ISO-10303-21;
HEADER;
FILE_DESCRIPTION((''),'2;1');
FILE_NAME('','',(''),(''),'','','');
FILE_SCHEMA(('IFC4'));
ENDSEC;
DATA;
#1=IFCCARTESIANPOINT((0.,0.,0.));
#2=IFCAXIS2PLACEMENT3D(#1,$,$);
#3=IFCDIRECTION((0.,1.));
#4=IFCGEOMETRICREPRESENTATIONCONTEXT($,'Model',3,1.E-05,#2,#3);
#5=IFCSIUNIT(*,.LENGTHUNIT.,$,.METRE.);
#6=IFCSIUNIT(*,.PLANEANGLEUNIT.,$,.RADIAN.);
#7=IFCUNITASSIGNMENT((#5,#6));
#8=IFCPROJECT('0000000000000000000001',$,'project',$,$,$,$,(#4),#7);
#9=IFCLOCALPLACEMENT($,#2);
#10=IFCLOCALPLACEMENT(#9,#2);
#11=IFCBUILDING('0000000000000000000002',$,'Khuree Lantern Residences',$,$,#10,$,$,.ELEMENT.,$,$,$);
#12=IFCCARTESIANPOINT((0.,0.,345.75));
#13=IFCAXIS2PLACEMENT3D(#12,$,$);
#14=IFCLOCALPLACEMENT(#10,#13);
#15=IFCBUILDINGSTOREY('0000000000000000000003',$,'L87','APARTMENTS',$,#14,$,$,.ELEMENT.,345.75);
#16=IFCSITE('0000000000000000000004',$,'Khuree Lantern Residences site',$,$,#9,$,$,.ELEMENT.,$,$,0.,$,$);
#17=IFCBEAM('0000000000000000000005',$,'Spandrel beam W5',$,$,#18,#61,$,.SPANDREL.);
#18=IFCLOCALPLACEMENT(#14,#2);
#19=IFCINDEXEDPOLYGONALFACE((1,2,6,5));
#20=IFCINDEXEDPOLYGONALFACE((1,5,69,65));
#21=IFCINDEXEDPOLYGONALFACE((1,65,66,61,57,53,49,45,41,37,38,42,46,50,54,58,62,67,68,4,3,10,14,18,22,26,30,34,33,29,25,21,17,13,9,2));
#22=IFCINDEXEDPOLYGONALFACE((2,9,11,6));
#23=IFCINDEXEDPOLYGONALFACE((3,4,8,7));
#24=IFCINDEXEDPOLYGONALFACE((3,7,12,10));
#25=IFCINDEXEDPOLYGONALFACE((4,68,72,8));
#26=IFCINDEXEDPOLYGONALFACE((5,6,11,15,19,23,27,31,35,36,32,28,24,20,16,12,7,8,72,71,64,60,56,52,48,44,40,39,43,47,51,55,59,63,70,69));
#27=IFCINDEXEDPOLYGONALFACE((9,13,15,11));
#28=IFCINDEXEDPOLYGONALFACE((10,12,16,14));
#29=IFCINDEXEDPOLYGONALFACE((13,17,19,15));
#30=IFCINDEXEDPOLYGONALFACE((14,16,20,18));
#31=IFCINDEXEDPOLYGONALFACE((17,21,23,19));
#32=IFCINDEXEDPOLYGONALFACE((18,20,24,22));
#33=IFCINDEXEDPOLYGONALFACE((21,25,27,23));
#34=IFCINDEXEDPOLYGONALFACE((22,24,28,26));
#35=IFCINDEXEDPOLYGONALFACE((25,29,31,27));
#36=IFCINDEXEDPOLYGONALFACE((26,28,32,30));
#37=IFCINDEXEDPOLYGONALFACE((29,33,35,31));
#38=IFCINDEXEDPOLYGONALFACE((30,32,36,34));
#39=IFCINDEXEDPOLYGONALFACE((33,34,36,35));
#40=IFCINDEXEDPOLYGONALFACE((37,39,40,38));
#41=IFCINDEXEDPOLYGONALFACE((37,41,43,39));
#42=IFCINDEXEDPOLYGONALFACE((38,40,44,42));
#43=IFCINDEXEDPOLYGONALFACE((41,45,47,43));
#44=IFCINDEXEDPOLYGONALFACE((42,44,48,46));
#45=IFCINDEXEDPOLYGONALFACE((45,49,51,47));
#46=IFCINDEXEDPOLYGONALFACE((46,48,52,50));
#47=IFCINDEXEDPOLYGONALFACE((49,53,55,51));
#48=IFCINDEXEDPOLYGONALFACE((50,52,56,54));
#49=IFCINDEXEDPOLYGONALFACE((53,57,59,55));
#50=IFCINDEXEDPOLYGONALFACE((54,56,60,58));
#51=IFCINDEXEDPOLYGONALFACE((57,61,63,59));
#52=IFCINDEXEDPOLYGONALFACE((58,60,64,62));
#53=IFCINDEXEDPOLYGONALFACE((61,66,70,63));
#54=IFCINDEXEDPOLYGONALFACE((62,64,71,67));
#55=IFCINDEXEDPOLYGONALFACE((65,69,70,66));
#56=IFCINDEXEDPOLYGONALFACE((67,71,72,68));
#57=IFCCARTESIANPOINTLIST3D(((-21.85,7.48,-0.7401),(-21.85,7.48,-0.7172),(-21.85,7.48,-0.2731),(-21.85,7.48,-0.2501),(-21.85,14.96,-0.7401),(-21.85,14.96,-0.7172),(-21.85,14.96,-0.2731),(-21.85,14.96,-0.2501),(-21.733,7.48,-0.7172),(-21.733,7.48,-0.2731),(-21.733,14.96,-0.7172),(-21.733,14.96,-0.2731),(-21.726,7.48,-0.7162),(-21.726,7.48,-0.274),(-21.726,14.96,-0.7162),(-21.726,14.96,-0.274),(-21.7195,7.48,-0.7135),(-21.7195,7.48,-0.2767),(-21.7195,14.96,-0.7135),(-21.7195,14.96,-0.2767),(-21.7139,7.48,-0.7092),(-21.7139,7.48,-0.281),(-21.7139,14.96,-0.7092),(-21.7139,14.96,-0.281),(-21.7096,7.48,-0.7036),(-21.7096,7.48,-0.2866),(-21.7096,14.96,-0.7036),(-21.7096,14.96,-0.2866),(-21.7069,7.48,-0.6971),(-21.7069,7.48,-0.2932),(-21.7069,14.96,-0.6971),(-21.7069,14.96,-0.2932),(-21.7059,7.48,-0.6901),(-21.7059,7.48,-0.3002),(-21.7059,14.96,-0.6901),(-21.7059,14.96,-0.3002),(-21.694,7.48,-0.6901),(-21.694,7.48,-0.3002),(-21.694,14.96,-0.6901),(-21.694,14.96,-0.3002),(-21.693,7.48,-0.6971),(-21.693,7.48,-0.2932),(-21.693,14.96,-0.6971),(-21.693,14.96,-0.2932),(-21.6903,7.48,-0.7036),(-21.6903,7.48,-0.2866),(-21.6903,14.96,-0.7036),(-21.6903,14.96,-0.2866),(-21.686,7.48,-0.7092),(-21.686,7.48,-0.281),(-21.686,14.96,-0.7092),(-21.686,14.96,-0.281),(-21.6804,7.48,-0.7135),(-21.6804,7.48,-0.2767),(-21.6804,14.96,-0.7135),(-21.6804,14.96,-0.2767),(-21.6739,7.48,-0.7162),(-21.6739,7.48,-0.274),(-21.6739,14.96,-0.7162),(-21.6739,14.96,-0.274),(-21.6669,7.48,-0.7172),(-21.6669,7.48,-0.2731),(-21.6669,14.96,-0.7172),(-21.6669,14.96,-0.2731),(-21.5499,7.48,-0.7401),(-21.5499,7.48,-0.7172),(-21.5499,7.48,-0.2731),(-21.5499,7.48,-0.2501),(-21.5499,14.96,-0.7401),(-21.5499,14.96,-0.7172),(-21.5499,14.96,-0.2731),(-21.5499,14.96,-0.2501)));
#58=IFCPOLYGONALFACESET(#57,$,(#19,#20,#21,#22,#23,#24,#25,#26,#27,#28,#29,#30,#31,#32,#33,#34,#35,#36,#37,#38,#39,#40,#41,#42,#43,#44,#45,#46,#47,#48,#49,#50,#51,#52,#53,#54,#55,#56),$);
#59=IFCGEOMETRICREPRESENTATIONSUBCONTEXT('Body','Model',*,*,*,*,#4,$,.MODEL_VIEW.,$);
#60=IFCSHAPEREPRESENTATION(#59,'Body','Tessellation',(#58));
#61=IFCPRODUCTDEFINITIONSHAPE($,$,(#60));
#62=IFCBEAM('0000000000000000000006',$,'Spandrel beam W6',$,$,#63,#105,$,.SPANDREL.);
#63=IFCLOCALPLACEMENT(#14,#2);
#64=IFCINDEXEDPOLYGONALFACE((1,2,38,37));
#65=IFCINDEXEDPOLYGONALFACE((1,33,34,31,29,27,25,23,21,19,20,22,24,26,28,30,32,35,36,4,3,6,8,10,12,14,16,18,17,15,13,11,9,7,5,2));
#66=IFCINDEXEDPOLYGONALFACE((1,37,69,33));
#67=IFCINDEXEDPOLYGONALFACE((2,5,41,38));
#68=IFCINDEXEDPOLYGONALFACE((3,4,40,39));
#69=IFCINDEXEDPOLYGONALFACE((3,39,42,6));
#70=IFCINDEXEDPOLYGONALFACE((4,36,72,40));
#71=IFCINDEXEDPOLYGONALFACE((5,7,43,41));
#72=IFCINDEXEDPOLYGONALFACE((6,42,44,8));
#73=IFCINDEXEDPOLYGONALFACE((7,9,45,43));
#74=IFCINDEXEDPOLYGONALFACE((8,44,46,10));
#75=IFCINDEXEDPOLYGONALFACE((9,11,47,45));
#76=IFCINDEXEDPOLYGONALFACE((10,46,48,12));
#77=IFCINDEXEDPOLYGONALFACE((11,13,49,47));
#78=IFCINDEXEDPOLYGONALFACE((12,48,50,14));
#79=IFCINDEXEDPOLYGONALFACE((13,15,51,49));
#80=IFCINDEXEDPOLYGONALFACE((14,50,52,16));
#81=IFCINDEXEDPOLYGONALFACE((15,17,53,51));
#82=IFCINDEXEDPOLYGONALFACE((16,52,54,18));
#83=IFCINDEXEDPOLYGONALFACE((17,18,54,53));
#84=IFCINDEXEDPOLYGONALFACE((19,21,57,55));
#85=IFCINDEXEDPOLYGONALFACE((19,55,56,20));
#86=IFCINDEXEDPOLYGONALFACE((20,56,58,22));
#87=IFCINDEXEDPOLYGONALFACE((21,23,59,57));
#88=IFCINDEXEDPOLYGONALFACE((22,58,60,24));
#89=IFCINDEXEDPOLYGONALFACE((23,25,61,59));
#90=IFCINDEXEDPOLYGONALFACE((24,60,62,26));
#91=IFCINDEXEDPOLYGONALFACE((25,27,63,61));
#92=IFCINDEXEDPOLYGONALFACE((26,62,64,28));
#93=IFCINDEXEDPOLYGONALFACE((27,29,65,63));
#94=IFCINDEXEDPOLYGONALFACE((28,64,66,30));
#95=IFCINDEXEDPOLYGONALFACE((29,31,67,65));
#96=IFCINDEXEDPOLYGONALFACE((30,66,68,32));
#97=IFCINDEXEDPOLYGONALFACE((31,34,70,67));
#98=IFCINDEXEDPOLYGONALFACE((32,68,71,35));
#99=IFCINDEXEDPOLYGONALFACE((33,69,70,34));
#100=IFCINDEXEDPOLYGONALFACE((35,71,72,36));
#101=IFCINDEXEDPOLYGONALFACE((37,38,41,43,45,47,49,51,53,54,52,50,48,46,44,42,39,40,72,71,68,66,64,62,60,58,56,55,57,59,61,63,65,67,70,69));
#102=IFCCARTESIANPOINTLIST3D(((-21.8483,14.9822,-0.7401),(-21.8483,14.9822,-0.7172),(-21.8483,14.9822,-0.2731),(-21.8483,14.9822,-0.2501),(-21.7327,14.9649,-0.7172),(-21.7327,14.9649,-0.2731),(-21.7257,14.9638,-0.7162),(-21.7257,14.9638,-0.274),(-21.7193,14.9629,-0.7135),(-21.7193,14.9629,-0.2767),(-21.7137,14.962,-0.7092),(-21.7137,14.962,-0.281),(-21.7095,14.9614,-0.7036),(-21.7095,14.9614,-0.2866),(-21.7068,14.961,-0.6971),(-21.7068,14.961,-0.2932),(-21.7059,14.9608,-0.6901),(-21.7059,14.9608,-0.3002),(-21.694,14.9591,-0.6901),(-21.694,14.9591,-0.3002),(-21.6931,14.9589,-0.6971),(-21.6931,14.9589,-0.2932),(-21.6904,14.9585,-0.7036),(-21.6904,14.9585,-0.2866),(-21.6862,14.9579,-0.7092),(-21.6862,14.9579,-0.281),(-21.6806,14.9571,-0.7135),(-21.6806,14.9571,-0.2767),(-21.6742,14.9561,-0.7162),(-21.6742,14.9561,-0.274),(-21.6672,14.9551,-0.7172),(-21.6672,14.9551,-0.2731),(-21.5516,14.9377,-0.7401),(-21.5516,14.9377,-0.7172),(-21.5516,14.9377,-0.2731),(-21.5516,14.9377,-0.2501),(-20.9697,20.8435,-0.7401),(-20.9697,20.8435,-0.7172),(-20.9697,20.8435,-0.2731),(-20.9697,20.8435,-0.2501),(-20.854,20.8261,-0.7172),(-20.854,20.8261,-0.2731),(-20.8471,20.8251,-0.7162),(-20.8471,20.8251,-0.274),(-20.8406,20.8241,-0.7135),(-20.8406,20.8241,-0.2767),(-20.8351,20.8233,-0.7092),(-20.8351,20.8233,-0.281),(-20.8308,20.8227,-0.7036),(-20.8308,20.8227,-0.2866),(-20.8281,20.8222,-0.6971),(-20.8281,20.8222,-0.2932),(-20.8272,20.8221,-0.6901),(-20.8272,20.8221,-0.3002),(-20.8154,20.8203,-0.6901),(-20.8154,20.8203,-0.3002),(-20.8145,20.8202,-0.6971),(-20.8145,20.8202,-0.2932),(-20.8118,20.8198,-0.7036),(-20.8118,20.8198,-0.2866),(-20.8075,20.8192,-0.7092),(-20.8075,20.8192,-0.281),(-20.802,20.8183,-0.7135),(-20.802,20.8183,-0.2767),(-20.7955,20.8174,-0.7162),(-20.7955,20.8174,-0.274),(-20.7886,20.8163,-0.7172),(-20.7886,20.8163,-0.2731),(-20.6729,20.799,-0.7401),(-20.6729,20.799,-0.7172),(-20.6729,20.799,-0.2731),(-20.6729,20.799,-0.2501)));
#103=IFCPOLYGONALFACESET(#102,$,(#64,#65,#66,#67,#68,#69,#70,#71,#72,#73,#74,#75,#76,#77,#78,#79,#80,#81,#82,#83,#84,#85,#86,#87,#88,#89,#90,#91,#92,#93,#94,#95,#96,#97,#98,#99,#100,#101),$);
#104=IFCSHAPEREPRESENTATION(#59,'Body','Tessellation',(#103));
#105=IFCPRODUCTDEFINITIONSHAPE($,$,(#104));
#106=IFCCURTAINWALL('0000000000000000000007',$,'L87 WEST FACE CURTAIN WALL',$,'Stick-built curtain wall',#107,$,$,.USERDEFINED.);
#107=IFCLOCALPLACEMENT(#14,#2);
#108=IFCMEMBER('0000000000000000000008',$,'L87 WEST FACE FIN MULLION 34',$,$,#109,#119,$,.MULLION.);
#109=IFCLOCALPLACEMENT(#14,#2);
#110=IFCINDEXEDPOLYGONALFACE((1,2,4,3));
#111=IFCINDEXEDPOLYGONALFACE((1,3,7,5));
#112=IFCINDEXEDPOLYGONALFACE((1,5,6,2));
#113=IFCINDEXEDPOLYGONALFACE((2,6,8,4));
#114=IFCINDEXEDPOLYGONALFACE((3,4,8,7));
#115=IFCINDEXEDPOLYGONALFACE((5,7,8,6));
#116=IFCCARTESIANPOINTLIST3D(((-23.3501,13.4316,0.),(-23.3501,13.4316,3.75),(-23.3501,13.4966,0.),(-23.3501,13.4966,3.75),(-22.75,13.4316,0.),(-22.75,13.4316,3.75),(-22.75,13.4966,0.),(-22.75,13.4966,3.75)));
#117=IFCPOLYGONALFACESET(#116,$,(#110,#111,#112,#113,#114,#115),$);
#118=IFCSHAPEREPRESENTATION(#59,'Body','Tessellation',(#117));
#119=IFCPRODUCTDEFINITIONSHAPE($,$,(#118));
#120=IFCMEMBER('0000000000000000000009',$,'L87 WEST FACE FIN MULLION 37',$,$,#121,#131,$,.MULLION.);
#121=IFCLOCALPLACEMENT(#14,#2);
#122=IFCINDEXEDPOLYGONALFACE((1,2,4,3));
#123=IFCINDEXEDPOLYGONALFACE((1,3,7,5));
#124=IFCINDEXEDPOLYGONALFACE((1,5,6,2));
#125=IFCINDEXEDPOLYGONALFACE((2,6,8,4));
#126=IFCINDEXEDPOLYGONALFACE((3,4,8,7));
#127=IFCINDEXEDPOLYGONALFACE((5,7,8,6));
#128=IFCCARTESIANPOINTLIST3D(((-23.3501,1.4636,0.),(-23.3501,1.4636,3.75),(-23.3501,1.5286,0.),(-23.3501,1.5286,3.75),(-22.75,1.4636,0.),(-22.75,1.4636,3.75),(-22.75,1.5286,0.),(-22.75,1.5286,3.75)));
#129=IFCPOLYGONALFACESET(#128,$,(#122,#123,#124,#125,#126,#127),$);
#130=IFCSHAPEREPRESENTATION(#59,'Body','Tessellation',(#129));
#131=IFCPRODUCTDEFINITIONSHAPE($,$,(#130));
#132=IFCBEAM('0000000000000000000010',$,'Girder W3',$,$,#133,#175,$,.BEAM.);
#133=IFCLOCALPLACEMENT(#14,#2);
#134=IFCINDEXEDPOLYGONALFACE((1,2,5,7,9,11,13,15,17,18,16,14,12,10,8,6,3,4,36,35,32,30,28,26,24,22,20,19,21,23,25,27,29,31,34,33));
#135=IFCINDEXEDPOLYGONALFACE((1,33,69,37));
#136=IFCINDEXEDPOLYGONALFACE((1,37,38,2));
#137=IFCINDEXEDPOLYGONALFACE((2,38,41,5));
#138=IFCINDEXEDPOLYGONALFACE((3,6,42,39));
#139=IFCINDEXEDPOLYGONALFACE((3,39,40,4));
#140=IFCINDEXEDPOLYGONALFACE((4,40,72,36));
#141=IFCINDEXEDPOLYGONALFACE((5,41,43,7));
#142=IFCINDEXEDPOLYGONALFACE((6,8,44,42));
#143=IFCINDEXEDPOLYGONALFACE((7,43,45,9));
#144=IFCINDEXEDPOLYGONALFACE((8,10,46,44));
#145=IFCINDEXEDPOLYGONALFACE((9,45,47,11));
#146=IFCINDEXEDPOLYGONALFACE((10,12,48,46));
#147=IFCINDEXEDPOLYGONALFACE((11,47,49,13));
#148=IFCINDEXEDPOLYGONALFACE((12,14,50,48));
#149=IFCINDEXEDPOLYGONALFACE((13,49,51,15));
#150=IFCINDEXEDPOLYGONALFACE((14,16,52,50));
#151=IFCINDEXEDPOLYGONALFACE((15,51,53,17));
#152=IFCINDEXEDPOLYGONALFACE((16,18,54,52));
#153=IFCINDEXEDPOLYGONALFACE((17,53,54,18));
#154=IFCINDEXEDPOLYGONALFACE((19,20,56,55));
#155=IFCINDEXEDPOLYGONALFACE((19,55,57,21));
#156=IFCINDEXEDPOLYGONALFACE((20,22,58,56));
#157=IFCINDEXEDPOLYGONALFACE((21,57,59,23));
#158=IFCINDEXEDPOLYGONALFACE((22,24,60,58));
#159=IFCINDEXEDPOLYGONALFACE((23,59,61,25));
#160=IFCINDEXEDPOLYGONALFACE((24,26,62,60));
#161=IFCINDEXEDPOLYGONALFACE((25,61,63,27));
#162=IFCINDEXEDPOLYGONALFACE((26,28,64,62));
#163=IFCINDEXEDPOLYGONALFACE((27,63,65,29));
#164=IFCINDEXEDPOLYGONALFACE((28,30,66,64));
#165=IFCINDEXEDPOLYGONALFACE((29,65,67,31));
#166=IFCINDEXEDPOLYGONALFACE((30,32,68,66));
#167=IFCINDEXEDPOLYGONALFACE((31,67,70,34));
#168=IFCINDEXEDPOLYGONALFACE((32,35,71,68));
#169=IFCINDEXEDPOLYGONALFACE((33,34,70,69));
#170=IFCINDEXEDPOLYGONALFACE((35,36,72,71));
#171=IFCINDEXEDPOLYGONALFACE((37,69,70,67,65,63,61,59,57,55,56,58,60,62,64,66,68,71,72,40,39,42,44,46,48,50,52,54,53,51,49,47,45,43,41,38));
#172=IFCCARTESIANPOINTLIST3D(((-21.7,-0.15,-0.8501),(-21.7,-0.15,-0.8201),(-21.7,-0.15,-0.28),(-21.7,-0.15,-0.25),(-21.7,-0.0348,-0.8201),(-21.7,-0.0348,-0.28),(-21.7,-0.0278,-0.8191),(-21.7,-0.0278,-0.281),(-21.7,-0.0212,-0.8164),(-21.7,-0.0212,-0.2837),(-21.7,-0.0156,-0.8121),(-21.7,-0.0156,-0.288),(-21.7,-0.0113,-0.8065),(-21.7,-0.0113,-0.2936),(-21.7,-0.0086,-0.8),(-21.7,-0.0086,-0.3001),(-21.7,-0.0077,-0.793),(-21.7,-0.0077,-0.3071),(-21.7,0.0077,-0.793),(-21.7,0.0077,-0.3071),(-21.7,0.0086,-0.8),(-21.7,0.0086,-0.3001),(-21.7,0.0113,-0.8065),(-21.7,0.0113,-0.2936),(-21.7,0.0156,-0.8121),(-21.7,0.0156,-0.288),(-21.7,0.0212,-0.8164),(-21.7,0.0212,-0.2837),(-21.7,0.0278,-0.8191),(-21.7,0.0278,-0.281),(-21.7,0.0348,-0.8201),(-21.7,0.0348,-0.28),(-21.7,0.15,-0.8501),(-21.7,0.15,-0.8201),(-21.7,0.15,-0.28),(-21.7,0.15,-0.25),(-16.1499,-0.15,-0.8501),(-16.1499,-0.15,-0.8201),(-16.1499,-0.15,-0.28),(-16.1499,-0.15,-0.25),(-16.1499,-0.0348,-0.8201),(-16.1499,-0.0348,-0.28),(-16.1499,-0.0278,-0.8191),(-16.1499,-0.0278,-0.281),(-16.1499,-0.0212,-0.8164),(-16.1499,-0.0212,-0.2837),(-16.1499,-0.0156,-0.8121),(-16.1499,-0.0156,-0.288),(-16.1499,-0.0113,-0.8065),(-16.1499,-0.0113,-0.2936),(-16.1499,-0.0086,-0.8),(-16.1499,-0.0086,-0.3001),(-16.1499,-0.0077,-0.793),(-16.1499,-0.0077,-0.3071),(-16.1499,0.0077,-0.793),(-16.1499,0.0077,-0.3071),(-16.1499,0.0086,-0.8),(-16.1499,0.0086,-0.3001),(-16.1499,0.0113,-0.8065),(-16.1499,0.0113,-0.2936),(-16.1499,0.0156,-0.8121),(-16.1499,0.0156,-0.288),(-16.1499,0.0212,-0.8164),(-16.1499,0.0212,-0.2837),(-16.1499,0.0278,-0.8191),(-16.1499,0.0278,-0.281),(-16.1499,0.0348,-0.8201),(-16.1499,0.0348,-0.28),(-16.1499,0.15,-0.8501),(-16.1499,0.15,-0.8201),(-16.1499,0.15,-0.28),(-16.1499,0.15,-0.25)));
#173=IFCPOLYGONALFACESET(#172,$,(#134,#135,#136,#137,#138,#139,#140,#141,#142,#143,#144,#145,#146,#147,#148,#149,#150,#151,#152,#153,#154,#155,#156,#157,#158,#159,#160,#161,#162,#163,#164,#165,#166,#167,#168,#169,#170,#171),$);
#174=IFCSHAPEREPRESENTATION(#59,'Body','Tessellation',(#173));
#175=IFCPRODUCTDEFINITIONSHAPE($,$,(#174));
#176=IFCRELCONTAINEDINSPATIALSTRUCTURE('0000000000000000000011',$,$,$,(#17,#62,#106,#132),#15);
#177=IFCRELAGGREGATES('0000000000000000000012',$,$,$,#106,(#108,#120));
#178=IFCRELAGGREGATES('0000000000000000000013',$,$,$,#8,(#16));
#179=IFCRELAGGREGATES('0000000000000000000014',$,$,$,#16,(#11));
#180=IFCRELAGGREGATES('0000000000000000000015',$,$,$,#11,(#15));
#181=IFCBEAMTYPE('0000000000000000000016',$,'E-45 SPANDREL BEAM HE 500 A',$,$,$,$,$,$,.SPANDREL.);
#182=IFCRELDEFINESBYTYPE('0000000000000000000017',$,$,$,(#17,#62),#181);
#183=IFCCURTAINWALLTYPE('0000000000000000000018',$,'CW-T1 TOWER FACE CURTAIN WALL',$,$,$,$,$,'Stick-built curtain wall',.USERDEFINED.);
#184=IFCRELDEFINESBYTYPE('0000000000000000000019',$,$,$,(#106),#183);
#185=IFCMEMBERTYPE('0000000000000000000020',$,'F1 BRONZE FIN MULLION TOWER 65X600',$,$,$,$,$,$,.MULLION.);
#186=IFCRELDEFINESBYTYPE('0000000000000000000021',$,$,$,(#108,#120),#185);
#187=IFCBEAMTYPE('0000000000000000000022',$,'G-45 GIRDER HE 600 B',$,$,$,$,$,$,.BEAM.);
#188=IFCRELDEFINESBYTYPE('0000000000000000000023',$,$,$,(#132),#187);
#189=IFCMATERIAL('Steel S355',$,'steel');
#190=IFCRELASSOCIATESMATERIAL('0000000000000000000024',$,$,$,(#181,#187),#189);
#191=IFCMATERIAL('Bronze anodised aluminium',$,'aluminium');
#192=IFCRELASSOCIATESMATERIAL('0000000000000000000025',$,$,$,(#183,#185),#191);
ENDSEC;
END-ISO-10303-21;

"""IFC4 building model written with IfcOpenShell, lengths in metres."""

from ifc_helpers import new_model, si_unit, direction, frame, origin, origin_2d, place, context, subcontext, project, spatial, rectangle, i_section, extrude, material, material_profile, profile_set, type_object, element, aggregate, save


model = new_model("IFC4")

# Units and contexts
model_context = context("Model", 3, precision=1e-05, world=origin(), true_north=direction((0.0, 1.0)))
body_context = subcontext(model_context, "Body", "Model", "MODEL_VIEW")
ifc_project = project(units=[si_unit("LENGTHUNIT", "METRE"), si_unit("PLANEANGLEUNIT", "RADIAN")], contexts=[model_context])

# Site, building, storey
site_placement = place(None, origin())
site = spatial("IfcSite", under=ifc_project, at=site_placement, Name="Khuree Lantern Residences site", CompositionType="ELEMENT", RefElevation=0.0)
building_placement = place(site_placement, origin())
building = spatial("IfcBuilding", under=site, at=building_placement, Name="Khuree Lantern Residences", CompositionType="ELEMENT")
storey_placement = place(building_placement, frame((0.0, 0.0, 345.75)))
storey = spatial("IfcBuildingStorey", under=building, at=storey_placement, Name="L87", Description="APARTMENTS", CompositionType="ELEMENT", Elevation=345.75)

# Beams
ifc_material_1 = material(Name="Steel S355", Category="steel")
ifc_material_profile_1 = material_profile(ifc_material_1, i_section(OverallWidth=0.3, OverallDepth=0.49, WebThickness=0.012, FlangeThickness=0.0229, FilletRadius=0.0271, at=origin_2d()), Name="HE 500 A")
ifc_profile_set_1 = profile_set([ifc_material_profile_1], Name="Steel S355")
beam_type_1 = type_object("IfcBeamType", Name="E-45 SPANDREL BEAM HE 500 A", PredefinedType="SPANDREL", material=ifc_profile_set_1)
for number, where, z_axis, x_axis, name in (
    (1, (-21.7, 7.48, -0.4951), (0.0, 1.0, 0.0), (-1.0, 0.0, 0.0), "Spandrel beam W5"),
):
    element("IfcBeam", number, at=place(storey_placement, frame(where, z_axis=z_axis, x_axis=x_axis)), inside=storey, type_object=beam_type_1, Name=name, PredefinedType="SPANDREL", context=body_context, shape_type="SweptSolid", body=[
        extrude(i_section(OverallWidth=0.3, OverallDepth=0.49, WebThickness=0.012, FlangeThickness=0.0229, FilletRadius=0.0271, at=origin_2d()), origin(), (0.0, 0.0, 1.0), 7.48),
    ])
beam_1_placement = place(storey_placement, frame((-21.7, 14.96, -0.4951), z_axis=(0.148252, 0.98895, 0.0), x_axis=(-0.98895, 0.148252, 0.0)))
element("IfcBeam", 2, at=beam_1_placement, inside=storey, type_object=beam_type_1, Name="Spandrel beam W6", PredefinedType="SPANDREL", context=body_context, shape_type="SweptSolid", body=[
    extrude(i_section(OverallWidth=0.3, OverallDepth=0.49, WebThickness=0.012, FlangeThickness=0.0229, FilletRadius=0.0271, at=origin_2d()), origin(), (0.0, 0.0, 1.0), 5.9268),
])

# Curtain wall, members
ifc_material_2 = material(Name="Bronze anodised aluminium", Category="aluminium")
curtain_wall_type = type_object("IfcCurtainWallType", Name="CW-T1 TOWER FACE CURTAIN WALL", ElementType="Stick-built curtain wall", PredefinedType="USERDEFINED", material=ifc_material_2)
curtain_wall_placement = place(storey_placement, origin())
curtain_wall = element("IfcCurtainWall", 3, at=curtain_wall_placement, inside=storey, type_object=curtain_wall_type, Name="L87 WEST FACE CURTAIN WALL", ObjectType="Stick-built curtain wall", PredefinedType="USERDEFINED")
ifc_material_profile_2 = material_profile(ifc_material_2, rectangle(XDim=0.0649, YDim=0.6001, at=origin_2d()), Name="F1 65X600")
ifc_profile_set_2 = profile_set([ifc_material_profile_2], Name="Bronze anodised aluminium")
member_type_1 = type_object("IfcMemberType", Name="F1 BRONZE FIN MULLION TOWER 65X600", PredefinedType="MULLION", material=ifc_profile_set_2)
member_1_placement = place(storey_placement, frame((-23.05, 13.4641, 0.0), z_axis=(0.0, 0.0, 1.0), x_axis=(0.0, -1.0, 0.0)))
member_1 = element("IfcMember", 4, at=member_1_placement, type_object=member_type_1, Name="L87 WEST FACE FIN MULLION 34", PredefinedType="MULLION", context=body_context, shape_type="SweptSolid", body=[
    extrude(rectangle(XDim=0.0649, YDim=0.6001, at=origin_2d()), origin(), (0.0, 0.0, 1.0), 3.75),
])
member_2_placement = place(storey_placement, frame((-23.05, 1.4961, 0.0), z_axis=(0.0, 0.0, 1.0), x_axis=(0.0, -1.0, 0.0)))
member_2 = element("IfcMember", 5, at=member_2_placement, type_object=member_type_1, Name="L87 WEST FACE FIN MULLION 37", PredefinedType="MULLION", context=body_context, shape_type="SweptSolid", body=[
    extrude(rectangle(XDim=0.0649, YDim=0.6001, at=origin_2d()), origin(), (0.0, 0.0, 1.0), 3.75),
])

# Beam
ifc_material_profile_3 = material_profile(ifc_material_1, i_section(OverallWidth=0.3, OverallDepth=0.6001, WebThickness=0.0154, FlangeThickness=0.03, FilletRadius=0.0271, at=origin_2d()), Name="HE 600 B")
ifc_profile_set_3 = profile_set([ifc_material_profile_3], Name="Steel S355")
beam_type_2 = type_object("IfcBeamType", Name="G-45 GIRDER HE 600 B", PredefinedType="BEAM", material=ifc_profile_set_3)
for number, where, z_axis, x_axis, name in (
    (6, (-21.7, 0.0, -0.55), (1.0, 0.0, 0.0), (0.0, 1.0, 0.0), "Girder W3"),
):
    element("IfcBeam", number, at=place(storey_placement, frame(where, z_axis=z_axis, x_axis=x_axis)), inside=storey, type_object=beam_type_2, Name=name, PredefinedType="BEAM", context=body_context, shape_type="SweptSolid", body=[
        extrude(i_section(OverallWidth=0.3, OverallDepth=0.6001, WebThickness=0.0154, FlangeThickness=0.03, FilletRadius=0.0271, at=origin_2d()), origin(), (0.0, 0.0, 1.0), 5.55),
    ])

aggregate(curtain_wall, [member_1, member_2])

save(model, "model.ifc")
